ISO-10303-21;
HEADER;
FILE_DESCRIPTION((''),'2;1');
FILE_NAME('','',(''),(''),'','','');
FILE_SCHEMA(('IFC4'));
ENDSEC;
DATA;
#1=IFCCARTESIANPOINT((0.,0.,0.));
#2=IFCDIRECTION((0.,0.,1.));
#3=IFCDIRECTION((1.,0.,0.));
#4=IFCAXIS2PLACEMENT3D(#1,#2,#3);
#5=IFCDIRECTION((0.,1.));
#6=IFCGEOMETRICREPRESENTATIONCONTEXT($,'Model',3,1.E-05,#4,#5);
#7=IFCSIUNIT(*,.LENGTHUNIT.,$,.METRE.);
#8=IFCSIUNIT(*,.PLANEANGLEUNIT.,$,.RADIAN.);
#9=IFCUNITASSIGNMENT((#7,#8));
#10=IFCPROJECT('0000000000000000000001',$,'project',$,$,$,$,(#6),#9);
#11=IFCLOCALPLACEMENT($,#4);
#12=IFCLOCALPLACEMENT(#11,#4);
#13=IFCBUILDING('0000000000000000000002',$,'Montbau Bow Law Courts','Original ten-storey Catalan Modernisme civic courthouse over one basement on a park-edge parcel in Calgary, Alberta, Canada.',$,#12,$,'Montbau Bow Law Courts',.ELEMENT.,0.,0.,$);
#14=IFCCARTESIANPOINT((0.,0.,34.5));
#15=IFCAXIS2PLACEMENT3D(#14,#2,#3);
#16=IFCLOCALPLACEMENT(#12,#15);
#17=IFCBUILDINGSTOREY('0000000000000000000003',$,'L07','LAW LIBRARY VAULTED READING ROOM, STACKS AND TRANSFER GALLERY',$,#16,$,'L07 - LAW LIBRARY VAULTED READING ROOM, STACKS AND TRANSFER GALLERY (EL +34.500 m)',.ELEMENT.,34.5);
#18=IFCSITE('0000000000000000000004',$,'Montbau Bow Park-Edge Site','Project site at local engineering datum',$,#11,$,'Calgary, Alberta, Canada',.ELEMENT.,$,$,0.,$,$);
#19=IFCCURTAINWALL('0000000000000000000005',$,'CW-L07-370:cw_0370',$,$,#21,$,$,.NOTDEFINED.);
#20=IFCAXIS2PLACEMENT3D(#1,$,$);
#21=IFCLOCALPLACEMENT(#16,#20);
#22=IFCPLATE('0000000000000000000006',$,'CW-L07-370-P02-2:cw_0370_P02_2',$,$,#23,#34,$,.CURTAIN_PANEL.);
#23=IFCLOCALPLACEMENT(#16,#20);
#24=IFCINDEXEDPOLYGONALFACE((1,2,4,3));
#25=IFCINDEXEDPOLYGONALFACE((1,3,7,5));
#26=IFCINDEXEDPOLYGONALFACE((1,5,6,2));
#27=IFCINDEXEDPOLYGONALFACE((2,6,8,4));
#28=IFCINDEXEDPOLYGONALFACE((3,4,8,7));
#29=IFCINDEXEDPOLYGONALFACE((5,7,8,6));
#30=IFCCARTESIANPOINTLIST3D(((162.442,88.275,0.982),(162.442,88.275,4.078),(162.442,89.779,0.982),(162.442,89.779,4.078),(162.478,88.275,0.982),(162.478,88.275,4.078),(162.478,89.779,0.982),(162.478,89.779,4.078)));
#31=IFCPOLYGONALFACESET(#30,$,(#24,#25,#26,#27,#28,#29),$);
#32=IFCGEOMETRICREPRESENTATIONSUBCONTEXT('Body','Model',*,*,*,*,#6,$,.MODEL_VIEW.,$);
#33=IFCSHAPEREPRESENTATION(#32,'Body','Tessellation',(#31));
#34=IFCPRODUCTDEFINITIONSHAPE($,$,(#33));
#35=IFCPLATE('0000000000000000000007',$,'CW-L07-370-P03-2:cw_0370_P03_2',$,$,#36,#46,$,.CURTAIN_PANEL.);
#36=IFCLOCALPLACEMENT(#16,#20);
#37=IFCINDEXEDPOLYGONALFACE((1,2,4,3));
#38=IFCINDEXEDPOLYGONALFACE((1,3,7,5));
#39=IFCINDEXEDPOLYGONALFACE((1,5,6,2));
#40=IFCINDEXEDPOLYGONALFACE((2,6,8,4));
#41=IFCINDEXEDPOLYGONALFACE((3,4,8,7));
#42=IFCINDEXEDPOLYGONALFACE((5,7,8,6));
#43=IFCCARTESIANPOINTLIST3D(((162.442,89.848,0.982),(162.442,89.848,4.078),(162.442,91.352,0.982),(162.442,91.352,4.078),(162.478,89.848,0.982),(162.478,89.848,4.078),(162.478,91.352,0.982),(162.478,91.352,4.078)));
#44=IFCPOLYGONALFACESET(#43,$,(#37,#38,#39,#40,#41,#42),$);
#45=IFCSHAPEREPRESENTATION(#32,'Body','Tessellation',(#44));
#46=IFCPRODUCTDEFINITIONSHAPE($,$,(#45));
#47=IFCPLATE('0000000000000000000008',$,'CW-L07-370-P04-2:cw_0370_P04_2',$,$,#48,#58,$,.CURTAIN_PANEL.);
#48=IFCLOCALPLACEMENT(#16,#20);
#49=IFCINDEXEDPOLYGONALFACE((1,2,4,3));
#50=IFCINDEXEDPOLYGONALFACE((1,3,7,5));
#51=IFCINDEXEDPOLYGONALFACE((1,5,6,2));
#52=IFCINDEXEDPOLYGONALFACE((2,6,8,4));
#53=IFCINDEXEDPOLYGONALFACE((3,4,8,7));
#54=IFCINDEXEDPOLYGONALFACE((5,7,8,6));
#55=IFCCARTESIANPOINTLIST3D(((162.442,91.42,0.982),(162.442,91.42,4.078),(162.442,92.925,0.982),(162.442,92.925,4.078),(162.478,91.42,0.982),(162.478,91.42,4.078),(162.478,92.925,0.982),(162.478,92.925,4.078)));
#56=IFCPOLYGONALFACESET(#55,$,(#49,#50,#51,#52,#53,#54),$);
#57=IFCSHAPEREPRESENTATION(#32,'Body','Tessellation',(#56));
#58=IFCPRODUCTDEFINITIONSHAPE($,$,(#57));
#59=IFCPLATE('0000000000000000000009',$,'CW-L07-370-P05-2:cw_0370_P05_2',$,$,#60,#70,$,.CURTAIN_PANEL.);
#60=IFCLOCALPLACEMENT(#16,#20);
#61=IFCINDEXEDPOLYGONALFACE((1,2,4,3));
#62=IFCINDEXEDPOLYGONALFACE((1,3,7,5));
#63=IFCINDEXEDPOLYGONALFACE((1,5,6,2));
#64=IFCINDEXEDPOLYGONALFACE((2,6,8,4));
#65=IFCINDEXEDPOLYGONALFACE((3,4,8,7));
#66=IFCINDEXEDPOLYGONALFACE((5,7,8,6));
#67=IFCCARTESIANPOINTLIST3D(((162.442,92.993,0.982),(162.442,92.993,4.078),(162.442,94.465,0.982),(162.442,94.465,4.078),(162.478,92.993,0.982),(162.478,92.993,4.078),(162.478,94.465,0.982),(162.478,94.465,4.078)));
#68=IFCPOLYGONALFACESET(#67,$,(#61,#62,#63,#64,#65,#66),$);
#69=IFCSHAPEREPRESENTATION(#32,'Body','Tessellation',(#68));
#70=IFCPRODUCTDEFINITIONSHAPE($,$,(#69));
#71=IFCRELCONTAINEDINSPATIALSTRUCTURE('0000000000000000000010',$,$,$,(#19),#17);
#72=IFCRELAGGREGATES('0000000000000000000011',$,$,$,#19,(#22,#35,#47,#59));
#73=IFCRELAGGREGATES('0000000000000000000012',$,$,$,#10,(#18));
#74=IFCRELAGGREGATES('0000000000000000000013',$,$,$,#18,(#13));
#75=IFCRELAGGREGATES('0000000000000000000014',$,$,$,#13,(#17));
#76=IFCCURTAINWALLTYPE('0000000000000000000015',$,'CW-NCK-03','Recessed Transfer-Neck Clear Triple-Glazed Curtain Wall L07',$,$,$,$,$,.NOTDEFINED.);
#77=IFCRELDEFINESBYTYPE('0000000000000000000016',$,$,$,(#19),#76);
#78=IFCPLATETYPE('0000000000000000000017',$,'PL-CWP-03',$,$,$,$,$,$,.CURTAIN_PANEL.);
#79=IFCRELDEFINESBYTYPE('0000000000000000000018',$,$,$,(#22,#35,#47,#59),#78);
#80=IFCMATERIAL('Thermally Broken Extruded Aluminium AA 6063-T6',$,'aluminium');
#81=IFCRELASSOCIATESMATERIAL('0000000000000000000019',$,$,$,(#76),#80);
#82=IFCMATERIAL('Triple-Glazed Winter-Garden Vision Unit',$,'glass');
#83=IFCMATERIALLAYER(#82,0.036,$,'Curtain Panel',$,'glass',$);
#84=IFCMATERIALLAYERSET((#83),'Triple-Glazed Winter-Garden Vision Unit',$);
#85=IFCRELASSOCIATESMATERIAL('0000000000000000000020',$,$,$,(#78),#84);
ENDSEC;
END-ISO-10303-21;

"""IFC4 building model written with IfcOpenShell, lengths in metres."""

from ifc_helpers import new_model, si_unit, direction, frame, frame_2d, origin_with_axes, place, context, subcontext, project, spatial, rectangle, extrude, material, layer, layer_set, type_object, element, aggregate, save


model = new_model("IFC4")

# Units and contexts
model_context = context("Model", 3, precision=1e-05, world=origin_with_axes(), true_north=direction((0.0, 1.0)))
body_context = subcontext(model_context, "Body", "Model", "MODEL_VIEW")
ifc_project = project(units=[si_unit("LENGTHUNIT", "METRE"), si_unit("PLANEANGLEUNIT", "RADIAN")], contexts=[model_context])

# Site, building, storey
site_placement = place(None, origin_with_axes())
site = spatial("IfcSite", under=ifc_project, at=site_placement, Name="Montbau Bow Park-Edge Site", Description="Project site at local engineering datum", LongName="Calgary, Alberta, Canada", CompositionType="ELEMENT", RefElevation=0.0)
building_placement = place(site_placement, origin_with_axes())
building = spatial("IfcBuilding", under=site, at=building_placement, Name="Montbau Bow Law Courts", Description="Original ten-storey Catalan Modernisme civic courthouse over one basement on a park-edge parcel in Calgary, Alberta, Canada.", LongName="Montbau Bow Law Courts", CompositionType="ELEMENT", ElevationOfRefHeight=0.0, ElevationOfTerrain=0.0)
storey_placement = place(building_placement, frame((0.0, 0.0, 34.5), z_axis=(0.0, 0.0, 1.0), x_axis=(1.0, 0.0, 0.0)))
storey = spatial("IfcBuildingStorey", under=building, at=storey_placement, Name="L07", Description="LAW LIBRARY VAULTED READING ROOM, STACKS AND TRANSFER GALLERY", LongName="L07 - LAW LIBRARY VAULTED READING ROOM, STACKS AND TRANSFER GALLERY (EL +34.500 m)", CompositionType="ELEMENT", Elevation=34.5)

# Curtain wall
ifc_material_1 = material(Name="Thermally Broken Extruded Aluminium AA 6063-T6", Category="aluminium")
curtain_wall_type = type_object("IfcCurtainWallType", Name="CW-NCK-03", Description="Recessed Transfer-Neck Clear Triple-Glazed Curtain Wall L07", PredefinedType="NOTDEFINED", material=ifc_material_1)
curtain_wall_1_placement = place(None, frame((162.46, 86.668, 34.5), z_axis=(0.0, 0.0, 1.0), x_axis=(1.0, 0.0, 0.0)))
curtain_wall_1 = element("IfcCurtainWall", 1, at=curtain_wall_1_placement, inside=storey, type_object=curtain_wall_type, Name="CW-L07-370:cw_0370", PredefinedType="NOTDEFINED")

# Plates
ifc_material_2 = material(Name="Triple-Glazed Winter-Garden Vision Unit", Category="glass")
ifc_layer_1 = layer(ifc_material_2, 0.036, Name="Curtain Panel", Category="glass")
ifc_layer_set_1 = layer_set([ifc_layer_1], Name="Triple-Glazed Winter-Garden Vision Unit")
plate_type_1 = type_object("IfcPlateType", Name="PL-CWP-03", PredefinedType="CURTAIN_PANEL", material=ifc_layer_set_1)
plate_1_placement = place(None, frame((162.46, 88.275, 35.482), z_axis=(1.0, 0.0, 0.0), x_axis=(0.0, 1.0, 0.0)))
plate_1 = element("IfcPlate", 2, at=plate_1_placement, type_object=plate_type_1, Name="CW-L07-370-P02-2:cw_0370_P02_2", PredefinedType="CURTAIN_PANEL", context=body_context, shape_type="SweptSolid", body=[
    extrude(rectangle(XDim=1.504, YDim=3.096, at=frame_2d((0.752, 1.548), x_axis=(1.0, 0.0))), frame((0.0, 0.0, -0.018), z_axis=(0.0, 0.0, 1.0), x_axis=(1.0, 0.0, 0.0)), (0.0, 0.0, 1.0), 0.036),
])
plate_2_placement = place(None, frame((162.46, 89.848, 35.482), z_axis=(1.0, 0.0, 0.0), x_axis=(0.0, 1.0, 0.0)))
plate_2 = element("IfcPlate", 3, at=plate_2_placement, type_object=plate_type_1, Name="CW-L07-370-P03-2:cw_0370_P03_2", PredefinedType="CURTAIN_PANEL", context=body_context, shape_type="SweptSolid", body=[
    extrude(rectangle(XDim=1.504, YDim=3.096, at=frame_2d((0.752, 1.548), x_axis=(1.0, 0.0))), frame((0.0, 0.0, -0.018), z_axis=(0.0, 0.0, 1.0), x_axis=(1.0, 0.0, 0.0)), (0.0, 0.0, 1.0), 0.036),
])
plate_3_placement = place(None, frame((162.46, 91.42, 35.482), z_axis=(1.0, 0.0, 0.0), x_axis=(0.0, 1.0, 0.0)))
plate_3 = element("IfcPlate", 4, at=plate_3_placement, type_object=plate_type_1, Name="CW-L07-370-P04-2:cw_0370_P04_2", PredefinedType="CURTAIN_PANEL", context=body_context, shape_type="SweptSolid", body=[
    extrude(rectangle(XDim=1.505, YDim=3.096, at=frame_2d((0.7525, 1.548), x_axis=(1.0, 0.0))), frame((0.0, 0.0, -0.018), z_axis=(0.0, 0.0, 1.0), x_axis=(1.0, 0.0, 0.0)), (0.0, 0.0, 1.0), 0.036),
])
plate_4_placement = place(None, frame((162.46, 92.993, 35.482), z_axis=(1.0, 0.0, 0.0), x_axis=(0.0, 1.0, 0.0)))
plate_4 = element("IfcPlate", 5, at=plate_4_placement, type_object=plate_type_1, Name="CW-L07-370-P05-2:cw_0370_P05_2", PredefinedType="CURTAIN_PANEL", context=body_context, shape_type="SweptSolid", body=[
    extrude(rectangle(XDim=1.472, YDim=3.096, at=frame_2d((0.736, 1.548), x_axis=(1.0, 0.0))), frame((0.0, 0.0, -0.018), z_axis=(0.0, 0.0, 1.0), x_axis=(1.0, 0.0, 0.0)), (0.0, 0.0, 1.0), 0.036),
])
aggregate(curtain_wall_1, [plate_1, plate_2, plate_3, plate_4])

save(model, "model.ifc")
